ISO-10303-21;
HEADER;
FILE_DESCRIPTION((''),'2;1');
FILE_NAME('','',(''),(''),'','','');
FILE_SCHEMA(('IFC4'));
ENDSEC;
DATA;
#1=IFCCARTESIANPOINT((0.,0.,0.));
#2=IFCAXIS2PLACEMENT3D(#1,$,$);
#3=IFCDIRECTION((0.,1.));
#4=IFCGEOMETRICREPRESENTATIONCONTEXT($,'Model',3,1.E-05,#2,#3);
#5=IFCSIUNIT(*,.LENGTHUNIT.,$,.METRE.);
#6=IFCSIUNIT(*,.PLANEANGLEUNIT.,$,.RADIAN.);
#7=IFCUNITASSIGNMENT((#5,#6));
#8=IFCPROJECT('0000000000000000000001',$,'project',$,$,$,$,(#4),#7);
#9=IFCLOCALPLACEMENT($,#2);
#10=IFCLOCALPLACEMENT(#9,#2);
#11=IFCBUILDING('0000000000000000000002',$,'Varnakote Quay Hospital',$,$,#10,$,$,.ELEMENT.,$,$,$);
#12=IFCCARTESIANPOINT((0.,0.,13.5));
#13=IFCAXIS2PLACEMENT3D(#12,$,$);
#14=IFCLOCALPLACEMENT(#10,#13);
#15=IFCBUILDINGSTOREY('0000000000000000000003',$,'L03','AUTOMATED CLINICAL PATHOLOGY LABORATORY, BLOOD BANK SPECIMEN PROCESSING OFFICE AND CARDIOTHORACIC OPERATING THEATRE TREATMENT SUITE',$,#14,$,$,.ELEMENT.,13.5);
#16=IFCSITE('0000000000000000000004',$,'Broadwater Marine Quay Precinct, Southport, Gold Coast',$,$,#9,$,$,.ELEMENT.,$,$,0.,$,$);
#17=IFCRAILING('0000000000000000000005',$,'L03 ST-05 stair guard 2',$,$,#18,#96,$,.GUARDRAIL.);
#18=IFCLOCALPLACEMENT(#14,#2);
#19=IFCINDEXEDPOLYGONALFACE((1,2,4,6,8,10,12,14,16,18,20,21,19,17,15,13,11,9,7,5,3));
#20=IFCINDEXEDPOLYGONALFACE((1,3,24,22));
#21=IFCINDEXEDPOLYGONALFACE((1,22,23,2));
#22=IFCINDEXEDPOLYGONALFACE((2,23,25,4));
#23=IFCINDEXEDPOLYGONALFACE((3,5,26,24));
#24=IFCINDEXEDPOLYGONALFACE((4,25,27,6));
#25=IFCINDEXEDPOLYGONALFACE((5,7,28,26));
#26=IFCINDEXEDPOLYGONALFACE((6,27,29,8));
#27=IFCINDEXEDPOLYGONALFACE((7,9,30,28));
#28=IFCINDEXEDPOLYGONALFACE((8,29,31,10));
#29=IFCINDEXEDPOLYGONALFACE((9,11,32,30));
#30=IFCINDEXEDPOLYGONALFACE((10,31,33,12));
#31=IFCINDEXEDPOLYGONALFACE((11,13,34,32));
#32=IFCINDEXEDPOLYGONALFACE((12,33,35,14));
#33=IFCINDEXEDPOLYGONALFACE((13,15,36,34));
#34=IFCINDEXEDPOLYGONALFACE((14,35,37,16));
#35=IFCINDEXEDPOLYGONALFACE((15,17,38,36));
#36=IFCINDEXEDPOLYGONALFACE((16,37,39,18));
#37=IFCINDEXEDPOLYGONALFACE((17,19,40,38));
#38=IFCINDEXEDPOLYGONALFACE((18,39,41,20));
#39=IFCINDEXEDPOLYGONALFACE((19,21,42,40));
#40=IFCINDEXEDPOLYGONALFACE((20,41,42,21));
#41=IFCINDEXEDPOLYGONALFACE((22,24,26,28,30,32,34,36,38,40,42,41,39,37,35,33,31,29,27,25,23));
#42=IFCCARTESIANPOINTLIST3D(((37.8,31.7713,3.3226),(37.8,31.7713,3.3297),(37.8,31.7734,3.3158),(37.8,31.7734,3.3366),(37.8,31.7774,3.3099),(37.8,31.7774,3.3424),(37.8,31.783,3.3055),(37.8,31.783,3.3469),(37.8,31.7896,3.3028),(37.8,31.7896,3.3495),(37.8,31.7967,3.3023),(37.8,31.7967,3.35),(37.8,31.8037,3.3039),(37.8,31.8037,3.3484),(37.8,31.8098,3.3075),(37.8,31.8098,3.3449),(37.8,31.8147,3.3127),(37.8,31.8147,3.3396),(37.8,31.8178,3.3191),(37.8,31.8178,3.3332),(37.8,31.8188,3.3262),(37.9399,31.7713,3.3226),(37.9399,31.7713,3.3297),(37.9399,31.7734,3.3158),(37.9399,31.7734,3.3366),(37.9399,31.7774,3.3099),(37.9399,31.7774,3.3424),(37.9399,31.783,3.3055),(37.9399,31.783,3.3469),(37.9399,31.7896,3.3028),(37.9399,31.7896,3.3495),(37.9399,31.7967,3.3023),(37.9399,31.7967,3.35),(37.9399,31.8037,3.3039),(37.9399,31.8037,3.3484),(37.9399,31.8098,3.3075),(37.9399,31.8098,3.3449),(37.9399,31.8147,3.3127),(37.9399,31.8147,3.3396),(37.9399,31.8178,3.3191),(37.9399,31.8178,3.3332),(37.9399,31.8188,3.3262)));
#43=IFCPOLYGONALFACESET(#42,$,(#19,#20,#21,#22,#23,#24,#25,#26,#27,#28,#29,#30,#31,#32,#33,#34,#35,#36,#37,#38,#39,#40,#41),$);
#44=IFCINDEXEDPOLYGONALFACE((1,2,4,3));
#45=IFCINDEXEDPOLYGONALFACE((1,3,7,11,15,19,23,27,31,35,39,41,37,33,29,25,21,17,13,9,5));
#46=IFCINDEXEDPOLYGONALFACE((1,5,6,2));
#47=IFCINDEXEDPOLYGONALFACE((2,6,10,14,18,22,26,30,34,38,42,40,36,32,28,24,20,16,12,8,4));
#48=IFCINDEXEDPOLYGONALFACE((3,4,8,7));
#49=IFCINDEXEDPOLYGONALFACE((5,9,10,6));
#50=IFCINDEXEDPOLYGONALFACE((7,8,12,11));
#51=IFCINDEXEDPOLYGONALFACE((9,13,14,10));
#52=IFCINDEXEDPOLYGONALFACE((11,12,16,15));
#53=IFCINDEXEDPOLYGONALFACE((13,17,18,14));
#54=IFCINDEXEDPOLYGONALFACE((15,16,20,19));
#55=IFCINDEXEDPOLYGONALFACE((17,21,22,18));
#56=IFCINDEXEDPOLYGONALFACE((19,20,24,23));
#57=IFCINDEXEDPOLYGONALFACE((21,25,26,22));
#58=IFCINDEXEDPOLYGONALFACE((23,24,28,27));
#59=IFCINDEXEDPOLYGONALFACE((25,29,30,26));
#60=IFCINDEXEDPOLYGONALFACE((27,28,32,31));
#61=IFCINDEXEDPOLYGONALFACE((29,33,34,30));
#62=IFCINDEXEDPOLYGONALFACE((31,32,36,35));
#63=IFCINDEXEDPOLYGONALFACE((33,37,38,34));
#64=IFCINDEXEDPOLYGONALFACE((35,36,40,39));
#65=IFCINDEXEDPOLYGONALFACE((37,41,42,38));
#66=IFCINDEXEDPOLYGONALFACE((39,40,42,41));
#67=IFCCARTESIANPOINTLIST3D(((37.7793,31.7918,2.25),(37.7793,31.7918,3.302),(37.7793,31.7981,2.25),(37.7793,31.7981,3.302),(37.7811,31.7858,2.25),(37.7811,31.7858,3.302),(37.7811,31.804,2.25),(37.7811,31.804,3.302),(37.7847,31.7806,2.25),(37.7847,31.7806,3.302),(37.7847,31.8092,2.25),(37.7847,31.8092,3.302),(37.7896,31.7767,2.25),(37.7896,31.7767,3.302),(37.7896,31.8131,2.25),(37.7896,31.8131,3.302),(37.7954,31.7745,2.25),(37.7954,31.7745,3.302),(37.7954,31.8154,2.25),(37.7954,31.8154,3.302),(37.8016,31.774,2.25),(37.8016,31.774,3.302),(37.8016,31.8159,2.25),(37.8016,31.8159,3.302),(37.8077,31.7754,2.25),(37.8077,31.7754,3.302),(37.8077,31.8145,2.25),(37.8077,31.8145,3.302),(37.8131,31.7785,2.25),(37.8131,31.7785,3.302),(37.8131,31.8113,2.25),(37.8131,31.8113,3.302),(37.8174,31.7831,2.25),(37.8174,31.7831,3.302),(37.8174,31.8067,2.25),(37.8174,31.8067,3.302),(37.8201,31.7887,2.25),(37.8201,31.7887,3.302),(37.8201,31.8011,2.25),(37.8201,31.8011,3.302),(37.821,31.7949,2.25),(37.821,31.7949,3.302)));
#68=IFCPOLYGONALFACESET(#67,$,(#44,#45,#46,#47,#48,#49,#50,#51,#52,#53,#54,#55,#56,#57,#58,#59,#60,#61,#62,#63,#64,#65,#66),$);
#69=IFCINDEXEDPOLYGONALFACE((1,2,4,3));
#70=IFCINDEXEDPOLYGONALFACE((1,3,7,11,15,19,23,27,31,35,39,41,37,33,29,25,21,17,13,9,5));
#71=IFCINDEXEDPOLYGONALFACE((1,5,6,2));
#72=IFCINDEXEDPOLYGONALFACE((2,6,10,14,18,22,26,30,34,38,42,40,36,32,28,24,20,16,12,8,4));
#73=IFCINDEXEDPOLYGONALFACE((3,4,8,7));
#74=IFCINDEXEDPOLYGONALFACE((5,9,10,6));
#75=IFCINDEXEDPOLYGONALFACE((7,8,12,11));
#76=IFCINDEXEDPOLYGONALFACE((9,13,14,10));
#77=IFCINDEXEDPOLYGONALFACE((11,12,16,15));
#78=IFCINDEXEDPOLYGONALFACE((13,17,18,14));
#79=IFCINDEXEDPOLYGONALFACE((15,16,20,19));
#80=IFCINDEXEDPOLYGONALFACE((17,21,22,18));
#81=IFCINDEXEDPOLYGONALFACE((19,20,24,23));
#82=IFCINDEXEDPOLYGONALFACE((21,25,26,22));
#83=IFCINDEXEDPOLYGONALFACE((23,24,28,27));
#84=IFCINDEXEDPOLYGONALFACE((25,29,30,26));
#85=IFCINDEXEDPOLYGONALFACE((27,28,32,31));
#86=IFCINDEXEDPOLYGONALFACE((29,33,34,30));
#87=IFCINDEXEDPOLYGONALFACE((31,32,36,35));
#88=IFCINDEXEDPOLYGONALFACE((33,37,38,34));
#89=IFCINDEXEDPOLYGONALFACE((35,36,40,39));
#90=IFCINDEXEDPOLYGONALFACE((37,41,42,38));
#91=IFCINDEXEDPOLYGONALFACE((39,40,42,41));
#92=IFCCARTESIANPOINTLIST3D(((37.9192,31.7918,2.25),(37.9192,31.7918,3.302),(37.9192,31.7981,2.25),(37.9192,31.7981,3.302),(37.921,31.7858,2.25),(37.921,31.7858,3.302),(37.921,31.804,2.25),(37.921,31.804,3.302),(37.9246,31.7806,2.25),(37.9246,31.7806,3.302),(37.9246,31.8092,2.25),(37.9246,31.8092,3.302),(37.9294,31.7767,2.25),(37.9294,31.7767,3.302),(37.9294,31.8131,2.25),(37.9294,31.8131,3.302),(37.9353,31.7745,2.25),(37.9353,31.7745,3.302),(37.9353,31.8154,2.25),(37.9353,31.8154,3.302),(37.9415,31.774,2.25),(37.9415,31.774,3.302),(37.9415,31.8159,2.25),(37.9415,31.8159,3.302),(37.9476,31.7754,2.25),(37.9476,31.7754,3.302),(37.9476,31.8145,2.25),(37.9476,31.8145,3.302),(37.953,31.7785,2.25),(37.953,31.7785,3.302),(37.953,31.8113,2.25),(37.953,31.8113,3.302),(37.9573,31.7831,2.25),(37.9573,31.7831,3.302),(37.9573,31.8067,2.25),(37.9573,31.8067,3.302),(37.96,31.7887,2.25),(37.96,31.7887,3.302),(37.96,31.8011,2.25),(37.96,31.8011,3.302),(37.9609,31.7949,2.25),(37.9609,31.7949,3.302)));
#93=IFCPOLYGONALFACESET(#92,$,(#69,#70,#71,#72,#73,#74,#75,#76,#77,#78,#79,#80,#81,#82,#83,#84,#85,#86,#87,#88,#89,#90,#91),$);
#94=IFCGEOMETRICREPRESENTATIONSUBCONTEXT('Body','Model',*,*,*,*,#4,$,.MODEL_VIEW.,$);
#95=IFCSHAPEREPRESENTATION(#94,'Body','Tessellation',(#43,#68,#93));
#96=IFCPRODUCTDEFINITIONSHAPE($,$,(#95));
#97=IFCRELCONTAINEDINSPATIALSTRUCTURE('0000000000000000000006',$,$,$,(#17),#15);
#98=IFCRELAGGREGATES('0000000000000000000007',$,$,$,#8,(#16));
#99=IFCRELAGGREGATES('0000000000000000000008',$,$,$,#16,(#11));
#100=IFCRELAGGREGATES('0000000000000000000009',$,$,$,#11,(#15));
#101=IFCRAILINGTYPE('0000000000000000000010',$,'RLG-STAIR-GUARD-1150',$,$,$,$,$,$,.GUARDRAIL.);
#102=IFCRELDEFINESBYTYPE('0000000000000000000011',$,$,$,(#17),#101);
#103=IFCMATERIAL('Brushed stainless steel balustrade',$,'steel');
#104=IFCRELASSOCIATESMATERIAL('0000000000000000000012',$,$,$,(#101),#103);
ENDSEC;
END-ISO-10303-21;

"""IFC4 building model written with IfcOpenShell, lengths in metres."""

from ifc_helpers import new_model, si_unit, direction, frame, origin, origin_2d, place, context, subcontext, project, spatial, circle, extrude, material, type_object, element, save


model = new_model("IFC4")

# Units and contexts
model_context = context("Model", 3, precision=1e-05, world=origin(), true_north=direction((0.0, 1.0)))
body_context = subcontext(model_context, "Body", "Model", "MODEL_VIEW")
ifc_project = project(units=[si_unit("LENGTHUNIT", "METRE"), si_unit("PLANEANGLEUNIT", "RADIAN")], contexts=[model_context])

# Site, building, storey
site_placement = place(None, origin())
site = spatial("IfcSite", under=ifc_project, at=site_placement, Name="Broadwater Marine Quay Precinct, Southport, Gold Coast", CompositionType="ELEMENT", RefElevation=0.0)
building_placement = place(site_placement, origin())
building = spatial("IfcBuilding", under=site, at=building_placement, Name="Varnakote Quay Hospital", CompositionType="ELEMENT")
storey_placement = place(building_placement, frame((0.0, 0.0, 13.5)))
storey = spatial("IfcBuildingStorey", under=building, at=storey_placement, Name="L03", Description="AUTOMATED CLINICAL PATHOLOGY LABORATORY, BLOOD BANK SPECIMEN PROCESSING OFFICE AND CARDIOTHORACIC OPERATING THEATRE TREATMENT SUITE", CompositionType="ELEMENT", Elevation=13.5)

# Railing
ifc_material_1 = material(Name="Brushed stainless steel balustrade", Category="steel")
railing_type_1 = type_object("IfcRailingType", Name="RLG-STAIR-GUARD-1150", PredefinedType="GUARDRAIL", material=ifc_material_1)
railing_1_placement = place(storey_placement, frame((37.8, 31.7949, 2.25)))
element("IfcRailing", 1, at=railing_1_placement, inside=storey, type_object=railing_type_1, Name="L03 ST-05 stair guard 2", PredefinedType="GUARDRAIL", context=body_context, shape_type="SweptSolid", body=[
    extrude(circle(Radius=0.0239, at=origin_2d()), frame((0.0, 0.0, 1.0762), z_axis=(1.0, 0.0, 0.0), x_axis=(0.0, 1.0, 0.0)), (0.0, 0.0, 1.0), 0.1399),
    extrude(circle(Radius=0.021, at=origin_2d()), origin(), (0.0, 0.0, 1.0), 1.052),
    extrude(circle(Radius=0.021, at=origin_2d()), frame((0.1399, 0.0, 0.0)), (0.0, 0.0, 1.0), 1.052),
])

save(model, "model.ifc")
